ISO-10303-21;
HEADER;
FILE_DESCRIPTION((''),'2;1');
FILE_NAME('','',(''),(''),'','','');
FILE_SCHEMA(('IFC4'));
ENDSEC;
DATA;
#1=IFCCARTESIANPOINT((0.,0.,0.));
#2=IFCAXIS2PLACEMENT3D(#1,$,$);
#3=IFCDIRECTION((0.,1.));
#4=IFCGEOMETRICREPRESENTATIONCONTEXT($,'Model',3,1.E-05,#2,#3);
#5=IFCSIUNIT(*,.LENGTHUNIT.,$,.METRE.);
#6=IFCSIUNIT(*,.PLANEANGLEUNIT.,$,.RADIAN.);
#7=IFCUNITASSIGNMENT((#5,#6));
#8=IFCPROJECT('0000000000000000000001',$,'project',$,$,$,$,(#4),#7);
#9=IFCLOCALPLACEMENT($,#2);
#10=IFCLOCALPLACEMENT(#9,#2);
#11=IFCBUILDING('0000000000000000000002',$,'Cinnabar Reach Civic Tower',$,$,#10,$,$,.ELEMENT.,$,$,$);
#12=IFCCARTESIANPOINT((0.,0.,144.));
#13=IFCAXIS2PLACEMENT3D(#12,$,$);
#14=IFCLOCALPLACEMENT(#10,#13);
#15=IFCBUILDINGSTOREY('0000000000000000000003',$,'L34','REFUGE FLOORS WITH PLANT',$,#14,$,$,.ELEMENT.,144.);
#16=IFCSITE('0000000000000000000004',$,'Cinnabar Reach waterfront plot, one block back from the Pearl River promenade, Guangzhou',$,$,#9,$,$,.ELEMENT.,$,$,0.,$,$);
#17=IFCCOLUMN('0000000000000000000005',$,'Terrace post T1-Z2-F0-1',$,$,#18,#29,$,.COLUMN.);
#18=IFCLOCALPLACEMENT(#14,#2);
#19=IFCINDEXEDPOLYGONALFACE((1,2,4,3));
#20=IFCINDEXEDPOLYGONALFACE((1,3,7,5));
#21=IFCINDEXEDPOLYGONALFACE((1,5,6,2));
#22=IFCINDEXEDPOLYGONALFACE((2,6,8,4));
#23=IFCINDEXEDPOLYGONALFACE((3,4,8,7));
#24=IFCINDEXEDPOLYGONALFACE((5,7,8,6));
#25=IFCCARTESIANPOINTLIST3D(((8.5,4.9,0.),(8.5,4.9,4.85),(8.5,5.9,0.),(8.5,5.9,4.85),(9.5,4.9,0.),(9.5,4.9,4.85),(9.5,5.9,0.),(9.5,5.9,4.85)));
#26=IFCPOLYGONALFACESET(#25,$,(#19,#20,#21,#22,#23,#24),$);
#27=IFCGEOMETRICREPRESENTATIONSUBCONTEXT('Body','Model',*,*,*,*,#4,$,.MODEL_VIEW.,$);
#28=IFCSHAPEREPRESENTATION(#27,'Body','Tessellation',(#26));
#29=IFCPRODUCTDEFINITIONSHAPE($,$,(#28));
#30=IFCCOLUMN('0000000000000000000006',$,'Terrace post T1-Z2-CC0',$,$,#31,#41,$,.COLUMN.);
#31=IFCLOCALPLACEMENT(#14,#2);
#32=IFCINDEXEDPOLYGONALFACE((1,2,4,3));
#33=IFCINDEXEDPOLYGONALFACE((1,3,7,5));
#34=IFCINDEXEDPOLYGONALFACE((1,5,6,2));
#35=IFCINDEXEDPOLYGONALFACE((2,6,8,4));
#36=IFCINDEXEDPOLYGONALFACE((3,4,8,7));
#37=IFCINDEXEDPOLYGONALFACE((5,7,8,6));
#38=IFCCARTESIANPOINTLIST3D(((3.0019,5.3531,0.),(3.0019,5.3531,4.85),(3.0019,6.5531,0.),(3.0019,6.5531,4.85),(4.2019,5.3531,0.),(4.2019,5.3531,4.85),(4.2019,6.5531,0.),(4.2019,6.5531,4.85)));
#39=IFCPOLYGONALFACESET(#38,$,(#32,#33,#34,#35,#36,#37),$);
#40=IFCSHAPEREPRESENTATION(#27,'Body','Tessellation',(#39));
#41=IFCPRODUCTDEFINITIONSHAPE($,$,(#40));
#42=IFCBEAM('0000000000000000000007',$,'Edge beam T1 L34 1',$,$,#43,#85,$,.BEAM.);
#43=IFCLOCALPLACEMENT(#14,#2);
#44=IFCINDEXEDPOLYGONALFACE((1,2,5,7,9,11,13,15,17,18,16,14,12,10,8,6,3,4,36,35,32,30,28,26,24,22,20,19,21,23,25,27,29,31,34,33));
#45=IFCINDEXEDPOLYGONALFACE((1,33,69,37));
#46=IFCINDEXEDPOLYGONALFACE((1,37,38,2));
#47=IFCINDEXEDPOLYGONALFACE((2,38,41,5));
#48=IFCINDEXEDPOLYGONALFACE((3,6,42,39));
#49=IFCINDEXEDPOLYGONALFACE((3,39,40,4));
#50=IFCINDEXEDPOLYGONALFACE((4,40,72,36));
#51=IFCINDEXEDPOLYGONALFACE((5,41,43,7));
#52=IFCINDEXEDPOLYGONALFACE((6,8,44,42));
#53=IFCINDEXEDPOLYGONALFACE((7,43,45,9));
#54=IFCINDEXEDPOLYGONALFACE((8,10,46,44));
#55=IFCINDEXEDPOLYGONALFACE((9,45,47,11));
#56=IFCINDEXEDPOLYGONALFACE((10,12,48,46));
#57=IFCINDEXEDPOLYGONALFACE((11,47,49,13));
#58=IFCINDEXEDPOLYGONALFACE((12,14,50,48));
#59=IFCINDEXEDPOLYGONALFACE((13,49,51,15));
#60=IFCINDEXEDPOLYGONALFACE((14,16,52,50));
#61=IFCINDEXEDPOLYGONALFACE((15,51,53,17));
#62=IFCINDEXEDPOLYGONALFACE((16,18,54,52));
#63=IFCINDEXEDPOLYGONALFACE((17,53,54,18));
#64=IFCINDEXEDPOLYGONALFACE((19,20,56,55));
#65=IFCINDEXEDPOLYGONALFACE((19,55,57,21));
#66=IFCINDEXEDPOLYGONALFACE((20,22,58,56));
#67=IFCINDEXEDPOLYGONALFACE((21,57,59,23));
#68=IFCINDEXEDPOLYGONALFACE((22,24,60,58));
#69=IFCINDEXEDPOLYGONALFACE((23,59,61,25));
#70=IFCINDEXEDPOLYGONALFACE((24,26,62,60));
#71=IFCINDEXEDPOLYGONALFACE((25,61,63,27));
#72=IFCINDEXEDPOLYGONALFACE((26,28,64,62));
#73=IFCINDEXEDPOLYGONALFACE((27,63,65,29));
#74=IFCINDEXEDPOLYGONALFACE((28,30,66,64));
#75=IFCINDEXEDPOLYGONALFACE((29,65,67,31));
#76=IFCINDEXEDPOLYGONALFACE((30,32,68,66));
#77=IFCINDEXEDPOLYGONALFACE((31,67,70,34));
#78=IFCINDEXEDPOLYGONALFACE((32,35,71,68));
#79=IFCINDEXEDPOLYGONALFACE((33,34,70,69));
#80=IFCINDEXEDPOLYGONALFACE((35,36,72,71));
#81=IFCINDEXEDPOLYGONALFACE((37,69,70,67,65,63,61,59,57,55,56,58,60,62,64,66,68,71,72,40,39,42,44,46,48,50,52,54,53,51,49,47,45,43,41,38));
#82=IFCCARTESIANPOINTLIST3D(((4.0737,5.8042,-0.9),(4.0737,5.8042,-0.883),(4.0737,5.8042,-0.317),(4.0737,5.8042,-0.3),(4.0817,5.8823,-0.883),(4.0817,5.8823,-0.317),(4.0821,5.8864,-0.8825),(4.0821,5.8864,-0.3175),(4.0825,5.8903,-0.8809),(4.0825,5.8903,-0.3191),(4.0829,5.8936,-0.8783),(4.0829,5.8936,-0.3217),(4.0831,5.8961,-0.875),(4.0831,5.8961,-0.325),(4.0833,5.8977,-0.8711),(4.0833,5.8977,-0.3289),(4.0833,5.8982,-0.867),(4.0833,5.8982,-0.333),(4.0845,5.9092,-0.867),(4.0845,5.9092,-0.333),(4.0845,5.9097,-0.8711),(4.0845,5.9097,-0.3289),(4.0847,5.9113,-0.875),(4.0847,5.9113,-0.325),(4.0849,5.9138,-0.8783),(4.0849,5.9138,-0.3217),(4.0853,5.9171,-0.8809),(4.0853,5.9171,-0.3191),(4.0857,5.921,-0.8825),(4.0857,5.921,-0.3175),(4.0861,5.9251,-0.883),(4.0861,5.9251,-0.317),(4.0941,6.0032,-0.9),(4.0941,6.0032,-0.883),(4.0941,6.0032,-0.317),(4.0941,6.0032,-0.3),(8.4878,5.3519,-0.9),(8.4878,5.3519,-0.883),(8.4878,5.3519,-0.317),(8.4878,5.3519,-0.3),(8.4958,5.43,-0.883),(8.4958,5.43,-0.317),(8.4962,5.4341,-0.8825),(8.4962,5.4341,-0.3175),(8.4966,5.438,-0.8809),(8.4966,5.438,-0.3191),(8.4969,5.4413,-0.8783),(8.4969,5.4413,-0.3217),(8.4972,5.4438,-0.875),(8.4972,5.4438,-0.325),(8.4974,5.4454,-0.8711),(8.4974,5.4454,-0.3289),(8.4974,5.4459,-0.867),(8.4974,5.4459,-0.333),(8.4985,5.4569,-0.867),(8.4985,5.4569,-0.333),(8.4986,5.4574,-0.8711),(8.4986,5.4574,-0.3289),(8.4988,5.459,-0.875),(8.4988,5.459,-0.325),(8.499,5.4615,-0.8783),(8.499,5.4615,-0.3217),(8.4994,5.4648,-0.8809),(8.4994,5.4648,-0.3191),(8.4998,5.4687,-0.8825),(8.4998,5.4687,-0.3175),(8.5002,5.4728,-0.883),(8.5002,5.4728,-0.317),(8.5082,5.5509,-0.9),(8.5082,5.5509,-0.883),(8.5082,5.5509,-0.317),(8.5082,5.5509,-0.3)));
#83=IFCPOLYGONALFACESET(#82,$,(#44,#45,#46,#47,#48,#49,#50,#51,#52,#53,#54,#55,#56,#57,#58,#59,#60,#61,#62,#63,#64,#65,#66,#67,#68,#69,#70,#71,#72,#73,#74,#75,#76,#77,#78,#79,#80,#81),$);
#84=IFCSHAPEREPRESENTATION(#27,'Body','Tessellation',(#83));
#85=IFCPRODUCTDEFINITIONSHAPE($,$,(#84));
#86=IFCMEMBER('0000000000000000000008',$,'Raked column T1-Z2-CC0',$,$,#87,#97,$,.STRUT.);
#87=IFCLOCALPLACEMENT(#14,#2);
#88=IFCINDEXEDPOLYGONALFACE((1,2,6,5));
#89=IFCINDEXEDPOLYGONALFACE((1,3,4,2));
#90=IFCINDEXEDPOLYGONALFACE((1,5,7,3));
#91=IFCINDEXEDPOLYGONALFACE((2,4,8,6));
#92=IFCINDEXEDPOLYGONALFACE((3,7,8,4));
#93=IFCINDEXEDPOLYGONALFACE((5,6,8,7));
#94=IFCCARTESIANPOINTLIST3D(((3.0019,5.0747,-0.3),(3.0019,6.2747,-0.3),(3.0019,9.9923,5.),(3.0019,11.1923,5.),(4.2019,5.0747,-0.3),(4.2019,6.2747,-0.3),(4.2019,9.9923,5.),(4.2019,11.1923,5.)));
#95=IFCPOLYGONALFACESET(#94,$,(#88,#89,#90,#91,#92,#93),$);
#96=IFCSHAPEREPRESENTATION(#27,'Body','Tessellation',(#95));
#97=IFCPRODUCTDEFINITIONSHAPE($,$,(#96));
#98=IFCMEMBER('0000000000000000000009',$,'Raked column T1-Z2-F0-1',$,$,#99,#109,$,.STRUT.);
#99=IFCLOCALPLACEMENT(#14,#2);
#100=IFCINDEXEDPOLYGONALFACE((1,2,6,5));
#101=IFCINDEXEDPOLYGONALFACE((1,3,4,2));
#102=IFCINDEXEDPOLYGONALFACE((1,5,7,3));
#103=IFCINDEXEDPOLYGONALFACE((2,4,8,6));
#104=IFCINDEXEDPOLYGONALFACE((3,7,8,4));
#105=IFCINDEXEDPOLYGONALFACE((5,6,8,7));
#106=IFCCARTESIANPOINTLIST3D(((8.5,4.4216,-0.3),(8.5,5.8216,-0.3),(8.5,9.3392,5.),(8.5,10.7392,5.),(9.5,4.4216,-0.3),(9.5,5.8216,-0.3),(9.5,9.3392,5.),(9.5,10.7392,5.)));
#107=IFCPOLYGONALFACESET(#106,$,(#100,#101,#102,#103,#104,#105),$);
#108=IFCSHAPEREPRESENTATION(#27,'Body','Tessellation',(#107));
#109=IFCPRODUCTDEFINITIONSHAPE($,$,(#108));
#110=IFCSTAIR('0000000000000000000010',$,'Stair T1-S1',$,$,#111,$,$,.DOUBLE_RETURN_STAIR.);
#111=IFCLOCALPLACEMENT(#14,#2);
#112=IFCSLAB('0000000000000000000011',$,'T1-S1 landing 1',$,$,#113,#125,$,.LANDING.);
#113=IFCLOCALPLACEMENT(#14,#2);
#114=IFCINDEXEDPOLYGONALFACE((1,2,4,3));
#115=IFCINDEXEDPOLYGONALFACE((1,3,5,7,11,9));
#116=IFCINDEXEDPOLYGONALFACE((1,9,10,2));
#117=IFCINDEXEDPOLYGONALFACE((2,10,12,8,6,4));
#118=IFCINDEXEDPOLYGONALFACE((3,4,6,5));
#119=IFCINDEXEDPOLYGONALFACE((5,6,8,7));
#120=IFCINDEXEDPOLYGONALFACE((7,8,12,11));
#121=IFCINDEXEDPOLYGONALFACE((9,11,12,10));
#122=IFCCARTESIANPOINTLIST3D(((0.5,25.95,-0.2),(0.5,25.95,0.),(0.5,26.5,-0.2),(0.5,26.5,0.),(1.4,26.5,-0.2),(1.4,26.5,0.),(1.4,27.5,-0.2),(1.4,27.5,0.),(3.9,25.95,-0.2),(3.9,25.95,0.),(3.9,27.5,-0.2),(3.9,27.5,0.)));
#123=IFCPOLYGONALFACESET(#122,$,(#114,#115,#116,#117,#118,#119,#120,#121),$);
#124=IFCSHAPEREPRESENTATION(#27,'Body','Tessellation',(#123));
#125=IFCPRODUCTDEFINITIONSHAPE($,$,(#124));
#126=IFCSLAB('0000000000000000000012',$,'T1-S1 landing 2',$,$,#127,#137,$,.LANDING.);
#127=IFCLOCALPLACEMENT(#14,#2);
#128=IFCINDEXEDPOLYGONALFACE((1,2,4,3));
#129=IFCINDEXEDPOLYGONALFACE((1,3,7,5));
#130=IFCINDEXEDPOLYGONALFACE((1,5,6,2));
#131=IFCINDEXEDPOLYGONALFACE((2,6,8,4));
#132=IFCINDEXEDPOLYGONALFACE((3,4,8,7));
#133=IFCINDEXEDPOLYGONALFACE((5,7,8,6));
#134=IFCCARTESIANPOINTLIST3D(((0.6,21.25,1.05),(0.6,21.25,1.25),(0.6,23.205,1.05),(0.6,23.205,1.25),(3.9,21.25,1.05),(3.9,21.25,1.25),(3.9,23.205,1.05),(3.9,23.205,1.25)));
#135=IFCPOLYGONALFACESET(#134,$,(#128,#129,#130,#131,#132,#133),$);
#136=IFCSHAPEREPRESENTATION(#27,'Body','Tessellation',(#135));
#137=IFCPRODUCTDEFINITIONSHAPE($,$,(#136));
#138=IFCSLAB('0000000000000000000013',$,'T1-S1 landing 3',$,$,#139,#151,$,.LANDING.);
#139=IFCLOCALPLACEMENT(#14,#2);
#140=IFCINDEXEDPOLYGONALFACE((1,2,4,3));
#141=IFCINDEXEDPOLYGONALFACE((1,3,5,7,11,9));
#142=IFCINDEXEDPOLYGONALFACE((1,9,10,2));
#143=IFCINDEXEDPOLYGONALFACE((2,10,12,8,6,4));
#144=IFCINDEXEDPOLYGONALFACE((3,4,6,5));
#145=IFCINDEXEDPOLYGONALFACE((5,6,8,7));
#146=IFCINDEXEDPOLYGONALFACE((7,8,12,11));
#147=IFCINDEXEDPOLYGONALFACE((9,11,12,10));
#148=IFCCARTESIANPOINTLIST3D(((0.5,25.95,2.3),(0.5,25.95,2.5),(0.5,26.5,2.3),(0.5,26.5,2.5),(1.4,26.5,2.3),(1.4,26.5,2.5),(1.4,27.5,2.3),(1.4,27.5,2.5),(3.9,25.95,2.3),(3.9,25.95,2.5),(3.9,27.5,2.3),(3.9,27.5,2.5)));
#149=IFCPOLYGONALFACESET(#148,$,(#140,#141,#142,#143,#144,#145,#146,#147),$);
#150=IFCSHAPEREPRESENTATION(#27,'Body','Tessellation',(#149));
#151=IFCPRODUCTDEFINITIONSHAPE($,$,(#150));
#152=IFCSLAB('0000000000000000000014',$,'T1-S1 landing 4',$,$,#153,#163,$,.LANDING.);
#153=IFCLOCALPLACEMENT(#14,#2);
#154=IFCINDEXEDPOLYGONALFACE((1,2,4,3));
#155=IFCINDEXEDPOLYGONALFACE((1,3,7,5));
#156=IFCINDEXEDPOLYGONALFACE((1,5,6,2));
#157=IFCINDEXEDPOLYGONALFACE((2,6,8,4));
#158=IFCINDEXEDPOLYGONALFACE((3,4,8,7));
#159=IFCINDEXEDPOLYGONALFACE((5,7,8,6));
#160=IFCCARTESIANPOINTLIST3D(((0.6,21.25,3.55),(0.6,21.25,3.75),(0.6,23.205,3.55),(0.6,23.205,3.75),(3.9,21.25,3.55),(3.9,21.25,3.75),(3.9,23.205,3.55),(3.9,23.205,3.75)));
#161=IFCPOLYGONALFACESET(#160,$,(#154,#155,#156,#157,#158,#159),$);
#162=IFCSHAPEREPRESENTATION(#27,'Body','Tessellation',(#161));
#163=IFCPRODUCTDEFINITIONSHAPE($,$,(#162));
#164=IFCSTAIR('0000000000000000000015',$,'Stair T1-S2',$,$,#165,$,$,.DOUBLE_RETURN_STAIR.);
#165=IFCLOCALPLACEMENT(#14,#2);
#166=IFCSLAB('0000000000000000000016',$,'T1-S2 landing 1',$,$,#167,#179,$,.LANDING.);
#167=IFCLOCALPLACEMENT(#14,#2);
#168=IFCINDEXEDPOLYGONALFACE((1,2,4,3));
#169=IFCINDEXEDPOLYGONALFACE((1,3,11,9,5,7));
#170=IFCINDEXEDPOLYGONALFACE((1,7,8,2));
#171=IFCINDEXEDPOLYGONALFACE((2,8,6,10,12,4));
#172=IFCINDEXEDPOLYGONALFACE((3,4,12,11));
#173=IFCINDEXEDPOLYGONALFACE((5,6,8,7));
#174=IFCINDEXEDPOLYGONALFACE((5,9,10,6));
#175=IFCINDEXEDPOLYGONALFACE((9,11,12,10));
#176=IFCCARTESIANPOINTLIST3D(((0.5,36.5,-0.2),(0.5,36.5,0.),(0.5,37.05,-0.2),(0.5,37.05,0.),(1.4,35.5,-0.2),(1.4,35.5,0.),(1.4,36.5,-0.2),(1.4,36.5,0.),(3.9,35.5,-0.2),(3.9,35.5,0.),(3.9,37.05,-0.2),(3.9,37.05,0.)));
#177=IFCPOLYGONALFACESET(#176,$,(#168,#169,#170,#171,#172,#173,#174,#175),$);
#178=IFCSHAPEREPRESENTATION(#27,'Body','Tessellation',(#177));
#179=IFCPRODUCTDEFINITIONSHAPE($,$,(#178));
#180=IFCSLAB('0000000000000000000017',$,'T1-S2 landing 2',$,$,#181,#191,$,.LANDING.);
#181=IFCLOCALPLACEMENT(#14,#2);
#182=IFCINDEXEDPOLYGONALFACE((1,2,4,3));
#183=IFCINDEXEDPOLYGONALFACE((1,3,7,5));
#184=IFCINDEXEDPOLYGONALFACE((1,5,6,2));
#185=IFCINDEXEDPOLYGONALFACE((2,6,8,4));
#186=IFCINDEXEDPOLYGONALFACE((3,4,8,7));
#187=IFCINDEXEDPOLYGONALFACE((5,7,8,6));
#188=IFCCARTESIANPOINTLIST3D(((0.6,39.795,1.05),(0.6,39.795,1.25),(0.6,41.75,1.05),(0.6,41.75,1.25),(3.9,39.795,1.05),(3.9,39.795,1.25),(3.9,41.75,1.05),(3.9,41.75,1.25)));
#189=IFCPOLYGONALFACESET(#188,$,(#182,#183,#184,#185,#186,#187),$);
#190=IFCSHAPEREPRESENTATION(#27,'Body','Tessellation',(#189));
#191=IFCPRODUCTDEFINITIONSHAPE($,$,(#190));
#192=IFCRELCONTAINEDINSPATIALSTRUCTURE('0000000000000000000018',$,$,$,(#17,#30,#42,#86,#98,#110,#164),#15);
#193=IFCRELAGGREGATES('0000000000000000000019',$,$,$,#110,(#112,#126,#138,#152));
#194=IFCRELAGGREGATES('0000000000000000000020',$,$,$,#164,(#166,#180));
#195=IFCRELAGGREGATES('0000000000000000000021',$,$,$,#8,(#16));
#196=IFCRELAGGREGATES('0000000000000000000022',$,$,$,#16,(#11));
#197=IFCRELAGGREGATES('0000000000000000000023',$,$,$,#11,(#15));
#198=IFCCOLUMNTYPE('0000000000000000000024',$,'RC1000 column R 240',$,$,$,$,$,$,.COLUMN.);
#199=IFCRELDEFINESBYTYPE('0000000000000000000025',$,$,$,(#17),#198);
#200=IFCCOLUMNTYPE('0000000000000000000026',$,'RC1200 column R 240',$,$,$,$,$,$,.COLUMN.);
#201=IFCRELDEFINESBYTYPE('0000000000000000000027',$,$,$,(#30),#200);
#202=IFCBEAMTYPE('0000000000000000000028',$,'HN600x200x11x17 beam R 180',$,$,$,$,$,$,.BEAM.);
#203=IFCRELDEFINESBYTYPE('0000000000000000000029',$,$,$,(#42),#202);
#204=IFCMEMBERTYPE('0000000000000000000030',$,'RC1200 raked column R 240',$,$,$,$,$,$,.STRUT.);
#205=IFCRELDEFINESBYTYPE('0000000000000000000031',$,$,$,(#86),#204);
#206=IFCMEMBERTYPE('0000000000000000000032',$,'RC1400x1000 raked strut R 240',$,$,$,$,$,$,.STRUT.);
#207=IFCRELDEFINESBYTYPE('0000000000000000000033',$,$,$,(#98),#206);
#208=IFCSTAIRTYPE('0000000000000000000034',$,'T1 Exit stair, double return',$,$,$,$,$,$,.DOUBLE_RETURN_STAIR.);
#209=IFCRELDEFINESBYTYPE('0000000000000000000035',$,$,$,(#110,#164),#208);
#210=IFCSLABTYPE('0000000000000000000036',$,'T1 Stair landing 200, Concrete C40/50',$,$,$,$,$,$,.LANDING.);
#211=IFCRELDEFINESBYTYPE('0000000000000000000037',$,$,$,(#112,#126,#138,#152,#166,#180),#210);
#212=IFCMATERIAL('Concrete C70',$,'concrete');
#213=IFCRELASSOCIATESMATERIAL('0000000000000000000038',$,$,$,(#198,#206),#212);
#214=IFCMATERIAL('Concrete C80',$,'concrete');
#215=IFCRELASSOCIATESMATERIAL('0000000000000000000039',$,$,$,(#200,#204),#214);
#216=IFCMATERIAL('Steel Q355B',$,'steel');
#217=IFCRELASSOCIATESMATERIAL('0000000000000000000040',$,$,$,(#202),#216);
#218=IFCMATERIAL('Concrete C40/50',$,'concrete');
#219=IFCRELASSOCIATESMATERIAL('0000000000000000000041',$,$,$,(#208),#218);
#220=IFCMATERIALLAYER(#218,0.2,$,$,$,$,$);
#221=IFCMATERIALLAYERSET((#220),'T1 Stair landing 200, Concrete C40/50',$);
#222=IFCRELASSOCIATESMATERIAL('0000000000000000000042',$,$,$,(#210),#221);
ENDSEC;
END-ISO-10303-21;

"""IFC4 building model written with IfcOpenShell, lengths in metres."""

from ifc_helpers import new_model, si_unit, direction, frame, origin, origin_2d, place, context, subcontext, project, spatial, polyline, rectangle, i_section, outline, extrude, material, layer, layer_set, material_profile, profile_set, type_object, element, aggregate, save


model = new_model("IFC4")

# Units and contexts
model_context = context("Model", 3, precision=1e-05, world=origin(), true_north=direction((0.0, 1.0)))
body_context = subcontext(model_context, "Body", "Model", "MODEL_VIEW")
ifc_project = project(units=[si_unit("LENGTHUNIT", "METRE"), si_unit("PLANEANGLEUNIT", "RADIAN")], contexts=[model_context])

# Site, building, storey
site_placement = place(None, origin())
site = spatial("IfcSite", under=ifc_project, at=site_placement, Name="Cinnabar Reach waterfront plot, one block back from the Pearl River promenade, Guangzhou", CompositionType="ELEMENT", RefElevation=0.0)
building_placement = place(site_placement, origin())
building = spatial("IfcBuilding", under=site, at=building_placement, Name="Cinnabar Reach Civic Tower", CompositionType="ELEMENT")
storey_placement = place(building_placement, frame((0.0, 0.0, 144.0)))
storey = spatial("IfcBuildingStorey", under=building, at=storey_placement, Name="L34", Description="REFUGE FLOORS WITH PLANT", CompositionType="ELEMENT", Elevation=144.0)

# Columns
ifc_material_1 = material(Name="Concrete C70", Category="concrete")
ifc_material_profile_1 = material_profile(ifc_material_1, rectangle(XDim=1.0, YDim=1.0, at=origin_2d()), Name="RC1000")
ifc_profile_set_1 = profile_set([ifc_material_profile_1], Name="Concrete C70")
column_type_1 = type_object("IfcColumnType", Name="RC1000 column R 240", PredefinedType="COLUMN", material=ifc_profile_set_1)
column_1_placement = place(storey_placement, frame((9.0, 5.4, 0.0), z_axis=(0.0, 0.0, 1.0), x_axis=(1.0, 0.0, 0.0)))
element("IfcColumn", 1, at=column_1_placement, inside=storey, type_object=column_type_1, Name="Terrace post T1-Z2-F0-1", PredefinedType="COLUMN", context=body_context, shape_type="SweptSolid", body=[
    extrude(rectangle(XDim=1.0, YDim=1.0, at=origin_2d()), origin(), (0.0, 0.0, 1.0), 4.85),
])
ifc_material_2 = material(Name="Concrete C80", Category="concrete")
ifc_material_profile_2 = material_profile(ifc_material_2, rectangle(XDim=1.2, YDim=1.2, at=origin_2d()), Name="RC1200")
ifc_profile_set_2 = profile_set([ifc_material_profile_2], Name="Concrete C80")
column_type_2 = type_object("IfcColumnType", Name="RC1200 column R 240", PredefinedType="COLUMN", material=ifc_profile_set_2)
column_2_placement = place(storey_placement, frame((3.6019, 5.9531, 0.0), z_axis=(0.0, 0.0, 1.0), x_axis=(1.0, 0.0, 0.0)))
element("IfcColumn", 2, at=column_2_placement, inside=storey, type_object=column_type_2, Name="Terrace post T1-Z2-CC0", PredefinedType="COLUMN", context=body_context, shape_type="SweptSolid", body=[
    extrude(rectangle(XDim=1.2, YDim=1.2, at=origin_2d()), origin(), (0.0, 0.0, 1.0), 4.85),
])

# Beam
ifc_material_3 = material(Name="Steel Q355B", Category="steel")
ifc_material_profile_3 = material_profile(ifc_material_3, i_section(OverallWidth=0.2, OverallDepth=0.6, WebThickness=0.011, FlangeThickness=0.017, FilletRadius=0.016, at=origin_2d()), Name="HN600x200x11x17")
ifc_profile_set_3 = profile_set([ifc_material_profile_3], Name="Steel Q355B")
beam_type = type_object("IfcBeamType", Name="HN600x200x11x17 beam R 180", PredefinedType="BEAM", material=ifc_profile_set_3)
beam_placement = place(storey_placement, frame((4.0839, 5.9037, -0.6), z_axis=(0.994791, -0.101933, 0.0), x_axis=(0.101933, 0.994791, 0.0)))
element("IfcBeam", 3, at=beam_placement, inside=storey, type_object=beam_type, Name="Edge beam T1 L34 1", PredefinedType="BEAM", context=body_context, shape_type="SweptSolid", body=[
    extrude(i_section(OverallWidth=0.2, OverallDepth=0.6, WebThickness=0.011, FlangeThickness=0.017, FilletRadius=0.016, at=origin_2d()), origin(), (0.0, 0.0, 1.0), 4.4372),
])

# Members
ifc_material_profile_4 = material_profile(ifc_material_2, rectangle(XDim=1.2, YDim=1.2, at=origin_2d()), Name="RC1200")
ifc_profile_set_4 = profile_set([ifc_material_profile_4], Name="Concrete C80")
member_type_1 = type_object("IfcMemberType", Name="RC1200 raked column R 240", PredefinedType="STRUT", material=ifc_profile_set_4)
member_1_placement = place(storey_placement, frame((3.6019, 5.6747, -0.3), z_axis=(0.0, 0.0, 1.0), x_axis=(1.0, 0.0, 0.0)))
element("IfcMember", 4, at=member_1_placement, inside=storey, type_object=member_type_1, Name="Raked column T1-Z2-CC0", PredefinedType="STRUT", context=body_context, shape_type="SweptSolid", body=[
    extrude(rectangle(XDim=1.2, YDim=1.2, at=origin_2d()), origin(), (0.0, 0.680167, 0.733057), 7.23),
])
ifc_material_profile_5 = material_profile(ifc_material_1, rectangle(XDim=1.4, YDim=1.0, at=origin_2d()), Name="RC1400x1000")
ifc_profile_set_5 = profile_set([ifc_material_profile_5], Name="Concrete C70")
member_type_2 = type_object("IfcMemberType", Name="RC1400x1000 raked strut R 240", PredefinedType="STRUT", material=ifc_profile_set_5)
member_2_placement = place(storey_placement, frame((9.0, 5.1216, -0.3), z_axis=(0.0, 0.0, 1.0), x_axis=(0.0, 1.0, 0.0)))
element("IfcMember", 5, at=member_2_placement, inside=storey, type_object=member_type_2, Name="Raked column T1-Z2-F0-1", PredefinedType="STRUT", context=body_context, shape_type="SweptSolid", body=[
    extrude(rectangle(XDim=1.4, YDim=1.0, at=origin_2d()), origin(), (0.680167, 0.0, 0.733057), 7.23),
])

# Stairs, slabs
ifc_material_4 = material(Name="Concrete C40/50", Category="concrete")
stair_type = type_object("IfcStairType", Name="T1 Exit stair, double return", PredefinedType="DOUBLE_RETURN_STAIR", material=ifc_material_4)
stair_1_placement = place(storey_placement, origin())
stair_1 = element("IfcStair", 6, at=stair_1_placement, inside=storey, type_object=stair_type, Name="Stair T1-S1", PredefinedType="DOUBLE_RETURN_STAIR")
ifc_layer_1 = layer(ifc_material_4, 0.2)
ifc_layer_set_1 = layer_set([ifc_layer_1], Name="T1 Stair landing 200, Concrete C40/50")
slab_type_1 = type_object("IfcSlabType", Name="T1 Stair landing 200, Concrete C40/50", PredefinedType="LANDING", material=ifc_layer_set_1)
slab_1_placement = place(storey_placement, frame((0.0, 0.0, -0.2)))
slab_1 = element("IfcSlab", 7, at=slab_1_placement, type_object=slab_type_1, Name="T1-S1 landing 1", PredefinedType="LANDING", context=body_context, shape_type="SweptSolid", body=[
    extrude(outline(polyline([(3.9, 27.5), (3.9, 25.95), (0.5, 25.95), (0.5, 26.5), (1.4, 26.5), (1.4, 27.5), (3.9, 27.5)])), origin(), (0.0, 0.0, 1.0), 0.2),
])
slab_2_placement = place(storey_placement, frame((0.0, 0.0, 1.05)))
slab_2 = element("IfcSlab", 8, at=slab_2_placement, type_object=slab_type_1, Name="T1-S1 landing 2", PredefinedType="LANDING", context=body_context, shape_type="SweptSolid", body=[
    extrude(outline(polyline([(0.6, 21.25), (0.6, 23.205), (3.9, 23.205), (3.9, 21.25), (0.6, 21.25)])), origin(), (0.0, 0.0, 1.0), 0.2),
])
slab_3_placement = place(storey_placement, frame((0.0, 0.0, 2.3)))
slab_3 = element("IfcSlab", 9, at=slab_3_placement, type_object=slab_type_1, Name="T1-S1 landing 3", PredefinedType="LANDING", context=body_context, shape_type="SweptSolid", body=[
    extrude(outline(polyline([(3.9, 27.5), (3.9, 25.95), (0.5, 25.95), (0.5, 26.5), (1.4, 26.5), (1.4, 27.5), (3.9, 27.5)])), origin(), (0.0, 0.0, 1.0), 0.2),
])
slab_4_placement = place(storey_placement, frame((0.0, 0.0, 3.55)))
slab_4 = element("IfcSlab", 10, at=slab_4_placement, type_object=slab_type_1, Name="T1-S1 landing 4", PredefinedType="LANDING", context=body_context, shape_type="SweptSolid", body=[
    extrude(outline(polyline([(0.6, 21.25), (0.6, 23.205), (3.9, 23.205), (3.9, 21.25), (0.6, 21.25)])), origin(), (0.0, 0.0, 1.0), 0.2),
])
aggregate(stair_1, [slab_1, slab_2, slab_3, slab_4])
stair_2_placement = place(storey_placement, origin())
stair_2 = element("IfcStair", 11, at=stair_2_placement, inside=storey, type_object=stair_type, Name="Stair T1-S2", PredefinedType="DOUBLE_RETURN_STAIR")
slab_5_placement = place(storey_placement, frame((0.0, 0.0, -0.2)))
slab_5 = element("IfcSlab", 12, at=slab_5_placement, type_object=slab_type_1, Name="T1-S2 landing 1", PredefinedType="LANDING", context=body_context, shape_type="SweptSolid", body=[
    extrude(outline(polyline([(0.5, 37.05), (3.9, 37.05), (3.9, 35.5), (1.4, 35.5), (1.4, 36.5), (0.5, 36.5), (0.5, 37.05)])), origin(), (0.0, 0.0, 1.0), 0.2),
])
slab_6_placement = place(storey_placement, frame((0.0, 0.0, 1.05)))
slab_6 = element("IfcSlab", 13, at=slab_6_placement, type_object=slab_type_1, Name="T1-S2 landing 2", PredefinedType="LANDING", context=body_context, shape_type="SweptSolid", body=[
    extrude(outline(polyline([(0.6, 39.795), (0.6, 41.75), (3.9, 41.75), (3.9, 39.795), (0.6, 39.795)])), origin(), (0.0, 0.0, 1.0), 0.2),
])
aggregate(stair_2, [slab_5, slab_6])

save(model, "model.ifc")
